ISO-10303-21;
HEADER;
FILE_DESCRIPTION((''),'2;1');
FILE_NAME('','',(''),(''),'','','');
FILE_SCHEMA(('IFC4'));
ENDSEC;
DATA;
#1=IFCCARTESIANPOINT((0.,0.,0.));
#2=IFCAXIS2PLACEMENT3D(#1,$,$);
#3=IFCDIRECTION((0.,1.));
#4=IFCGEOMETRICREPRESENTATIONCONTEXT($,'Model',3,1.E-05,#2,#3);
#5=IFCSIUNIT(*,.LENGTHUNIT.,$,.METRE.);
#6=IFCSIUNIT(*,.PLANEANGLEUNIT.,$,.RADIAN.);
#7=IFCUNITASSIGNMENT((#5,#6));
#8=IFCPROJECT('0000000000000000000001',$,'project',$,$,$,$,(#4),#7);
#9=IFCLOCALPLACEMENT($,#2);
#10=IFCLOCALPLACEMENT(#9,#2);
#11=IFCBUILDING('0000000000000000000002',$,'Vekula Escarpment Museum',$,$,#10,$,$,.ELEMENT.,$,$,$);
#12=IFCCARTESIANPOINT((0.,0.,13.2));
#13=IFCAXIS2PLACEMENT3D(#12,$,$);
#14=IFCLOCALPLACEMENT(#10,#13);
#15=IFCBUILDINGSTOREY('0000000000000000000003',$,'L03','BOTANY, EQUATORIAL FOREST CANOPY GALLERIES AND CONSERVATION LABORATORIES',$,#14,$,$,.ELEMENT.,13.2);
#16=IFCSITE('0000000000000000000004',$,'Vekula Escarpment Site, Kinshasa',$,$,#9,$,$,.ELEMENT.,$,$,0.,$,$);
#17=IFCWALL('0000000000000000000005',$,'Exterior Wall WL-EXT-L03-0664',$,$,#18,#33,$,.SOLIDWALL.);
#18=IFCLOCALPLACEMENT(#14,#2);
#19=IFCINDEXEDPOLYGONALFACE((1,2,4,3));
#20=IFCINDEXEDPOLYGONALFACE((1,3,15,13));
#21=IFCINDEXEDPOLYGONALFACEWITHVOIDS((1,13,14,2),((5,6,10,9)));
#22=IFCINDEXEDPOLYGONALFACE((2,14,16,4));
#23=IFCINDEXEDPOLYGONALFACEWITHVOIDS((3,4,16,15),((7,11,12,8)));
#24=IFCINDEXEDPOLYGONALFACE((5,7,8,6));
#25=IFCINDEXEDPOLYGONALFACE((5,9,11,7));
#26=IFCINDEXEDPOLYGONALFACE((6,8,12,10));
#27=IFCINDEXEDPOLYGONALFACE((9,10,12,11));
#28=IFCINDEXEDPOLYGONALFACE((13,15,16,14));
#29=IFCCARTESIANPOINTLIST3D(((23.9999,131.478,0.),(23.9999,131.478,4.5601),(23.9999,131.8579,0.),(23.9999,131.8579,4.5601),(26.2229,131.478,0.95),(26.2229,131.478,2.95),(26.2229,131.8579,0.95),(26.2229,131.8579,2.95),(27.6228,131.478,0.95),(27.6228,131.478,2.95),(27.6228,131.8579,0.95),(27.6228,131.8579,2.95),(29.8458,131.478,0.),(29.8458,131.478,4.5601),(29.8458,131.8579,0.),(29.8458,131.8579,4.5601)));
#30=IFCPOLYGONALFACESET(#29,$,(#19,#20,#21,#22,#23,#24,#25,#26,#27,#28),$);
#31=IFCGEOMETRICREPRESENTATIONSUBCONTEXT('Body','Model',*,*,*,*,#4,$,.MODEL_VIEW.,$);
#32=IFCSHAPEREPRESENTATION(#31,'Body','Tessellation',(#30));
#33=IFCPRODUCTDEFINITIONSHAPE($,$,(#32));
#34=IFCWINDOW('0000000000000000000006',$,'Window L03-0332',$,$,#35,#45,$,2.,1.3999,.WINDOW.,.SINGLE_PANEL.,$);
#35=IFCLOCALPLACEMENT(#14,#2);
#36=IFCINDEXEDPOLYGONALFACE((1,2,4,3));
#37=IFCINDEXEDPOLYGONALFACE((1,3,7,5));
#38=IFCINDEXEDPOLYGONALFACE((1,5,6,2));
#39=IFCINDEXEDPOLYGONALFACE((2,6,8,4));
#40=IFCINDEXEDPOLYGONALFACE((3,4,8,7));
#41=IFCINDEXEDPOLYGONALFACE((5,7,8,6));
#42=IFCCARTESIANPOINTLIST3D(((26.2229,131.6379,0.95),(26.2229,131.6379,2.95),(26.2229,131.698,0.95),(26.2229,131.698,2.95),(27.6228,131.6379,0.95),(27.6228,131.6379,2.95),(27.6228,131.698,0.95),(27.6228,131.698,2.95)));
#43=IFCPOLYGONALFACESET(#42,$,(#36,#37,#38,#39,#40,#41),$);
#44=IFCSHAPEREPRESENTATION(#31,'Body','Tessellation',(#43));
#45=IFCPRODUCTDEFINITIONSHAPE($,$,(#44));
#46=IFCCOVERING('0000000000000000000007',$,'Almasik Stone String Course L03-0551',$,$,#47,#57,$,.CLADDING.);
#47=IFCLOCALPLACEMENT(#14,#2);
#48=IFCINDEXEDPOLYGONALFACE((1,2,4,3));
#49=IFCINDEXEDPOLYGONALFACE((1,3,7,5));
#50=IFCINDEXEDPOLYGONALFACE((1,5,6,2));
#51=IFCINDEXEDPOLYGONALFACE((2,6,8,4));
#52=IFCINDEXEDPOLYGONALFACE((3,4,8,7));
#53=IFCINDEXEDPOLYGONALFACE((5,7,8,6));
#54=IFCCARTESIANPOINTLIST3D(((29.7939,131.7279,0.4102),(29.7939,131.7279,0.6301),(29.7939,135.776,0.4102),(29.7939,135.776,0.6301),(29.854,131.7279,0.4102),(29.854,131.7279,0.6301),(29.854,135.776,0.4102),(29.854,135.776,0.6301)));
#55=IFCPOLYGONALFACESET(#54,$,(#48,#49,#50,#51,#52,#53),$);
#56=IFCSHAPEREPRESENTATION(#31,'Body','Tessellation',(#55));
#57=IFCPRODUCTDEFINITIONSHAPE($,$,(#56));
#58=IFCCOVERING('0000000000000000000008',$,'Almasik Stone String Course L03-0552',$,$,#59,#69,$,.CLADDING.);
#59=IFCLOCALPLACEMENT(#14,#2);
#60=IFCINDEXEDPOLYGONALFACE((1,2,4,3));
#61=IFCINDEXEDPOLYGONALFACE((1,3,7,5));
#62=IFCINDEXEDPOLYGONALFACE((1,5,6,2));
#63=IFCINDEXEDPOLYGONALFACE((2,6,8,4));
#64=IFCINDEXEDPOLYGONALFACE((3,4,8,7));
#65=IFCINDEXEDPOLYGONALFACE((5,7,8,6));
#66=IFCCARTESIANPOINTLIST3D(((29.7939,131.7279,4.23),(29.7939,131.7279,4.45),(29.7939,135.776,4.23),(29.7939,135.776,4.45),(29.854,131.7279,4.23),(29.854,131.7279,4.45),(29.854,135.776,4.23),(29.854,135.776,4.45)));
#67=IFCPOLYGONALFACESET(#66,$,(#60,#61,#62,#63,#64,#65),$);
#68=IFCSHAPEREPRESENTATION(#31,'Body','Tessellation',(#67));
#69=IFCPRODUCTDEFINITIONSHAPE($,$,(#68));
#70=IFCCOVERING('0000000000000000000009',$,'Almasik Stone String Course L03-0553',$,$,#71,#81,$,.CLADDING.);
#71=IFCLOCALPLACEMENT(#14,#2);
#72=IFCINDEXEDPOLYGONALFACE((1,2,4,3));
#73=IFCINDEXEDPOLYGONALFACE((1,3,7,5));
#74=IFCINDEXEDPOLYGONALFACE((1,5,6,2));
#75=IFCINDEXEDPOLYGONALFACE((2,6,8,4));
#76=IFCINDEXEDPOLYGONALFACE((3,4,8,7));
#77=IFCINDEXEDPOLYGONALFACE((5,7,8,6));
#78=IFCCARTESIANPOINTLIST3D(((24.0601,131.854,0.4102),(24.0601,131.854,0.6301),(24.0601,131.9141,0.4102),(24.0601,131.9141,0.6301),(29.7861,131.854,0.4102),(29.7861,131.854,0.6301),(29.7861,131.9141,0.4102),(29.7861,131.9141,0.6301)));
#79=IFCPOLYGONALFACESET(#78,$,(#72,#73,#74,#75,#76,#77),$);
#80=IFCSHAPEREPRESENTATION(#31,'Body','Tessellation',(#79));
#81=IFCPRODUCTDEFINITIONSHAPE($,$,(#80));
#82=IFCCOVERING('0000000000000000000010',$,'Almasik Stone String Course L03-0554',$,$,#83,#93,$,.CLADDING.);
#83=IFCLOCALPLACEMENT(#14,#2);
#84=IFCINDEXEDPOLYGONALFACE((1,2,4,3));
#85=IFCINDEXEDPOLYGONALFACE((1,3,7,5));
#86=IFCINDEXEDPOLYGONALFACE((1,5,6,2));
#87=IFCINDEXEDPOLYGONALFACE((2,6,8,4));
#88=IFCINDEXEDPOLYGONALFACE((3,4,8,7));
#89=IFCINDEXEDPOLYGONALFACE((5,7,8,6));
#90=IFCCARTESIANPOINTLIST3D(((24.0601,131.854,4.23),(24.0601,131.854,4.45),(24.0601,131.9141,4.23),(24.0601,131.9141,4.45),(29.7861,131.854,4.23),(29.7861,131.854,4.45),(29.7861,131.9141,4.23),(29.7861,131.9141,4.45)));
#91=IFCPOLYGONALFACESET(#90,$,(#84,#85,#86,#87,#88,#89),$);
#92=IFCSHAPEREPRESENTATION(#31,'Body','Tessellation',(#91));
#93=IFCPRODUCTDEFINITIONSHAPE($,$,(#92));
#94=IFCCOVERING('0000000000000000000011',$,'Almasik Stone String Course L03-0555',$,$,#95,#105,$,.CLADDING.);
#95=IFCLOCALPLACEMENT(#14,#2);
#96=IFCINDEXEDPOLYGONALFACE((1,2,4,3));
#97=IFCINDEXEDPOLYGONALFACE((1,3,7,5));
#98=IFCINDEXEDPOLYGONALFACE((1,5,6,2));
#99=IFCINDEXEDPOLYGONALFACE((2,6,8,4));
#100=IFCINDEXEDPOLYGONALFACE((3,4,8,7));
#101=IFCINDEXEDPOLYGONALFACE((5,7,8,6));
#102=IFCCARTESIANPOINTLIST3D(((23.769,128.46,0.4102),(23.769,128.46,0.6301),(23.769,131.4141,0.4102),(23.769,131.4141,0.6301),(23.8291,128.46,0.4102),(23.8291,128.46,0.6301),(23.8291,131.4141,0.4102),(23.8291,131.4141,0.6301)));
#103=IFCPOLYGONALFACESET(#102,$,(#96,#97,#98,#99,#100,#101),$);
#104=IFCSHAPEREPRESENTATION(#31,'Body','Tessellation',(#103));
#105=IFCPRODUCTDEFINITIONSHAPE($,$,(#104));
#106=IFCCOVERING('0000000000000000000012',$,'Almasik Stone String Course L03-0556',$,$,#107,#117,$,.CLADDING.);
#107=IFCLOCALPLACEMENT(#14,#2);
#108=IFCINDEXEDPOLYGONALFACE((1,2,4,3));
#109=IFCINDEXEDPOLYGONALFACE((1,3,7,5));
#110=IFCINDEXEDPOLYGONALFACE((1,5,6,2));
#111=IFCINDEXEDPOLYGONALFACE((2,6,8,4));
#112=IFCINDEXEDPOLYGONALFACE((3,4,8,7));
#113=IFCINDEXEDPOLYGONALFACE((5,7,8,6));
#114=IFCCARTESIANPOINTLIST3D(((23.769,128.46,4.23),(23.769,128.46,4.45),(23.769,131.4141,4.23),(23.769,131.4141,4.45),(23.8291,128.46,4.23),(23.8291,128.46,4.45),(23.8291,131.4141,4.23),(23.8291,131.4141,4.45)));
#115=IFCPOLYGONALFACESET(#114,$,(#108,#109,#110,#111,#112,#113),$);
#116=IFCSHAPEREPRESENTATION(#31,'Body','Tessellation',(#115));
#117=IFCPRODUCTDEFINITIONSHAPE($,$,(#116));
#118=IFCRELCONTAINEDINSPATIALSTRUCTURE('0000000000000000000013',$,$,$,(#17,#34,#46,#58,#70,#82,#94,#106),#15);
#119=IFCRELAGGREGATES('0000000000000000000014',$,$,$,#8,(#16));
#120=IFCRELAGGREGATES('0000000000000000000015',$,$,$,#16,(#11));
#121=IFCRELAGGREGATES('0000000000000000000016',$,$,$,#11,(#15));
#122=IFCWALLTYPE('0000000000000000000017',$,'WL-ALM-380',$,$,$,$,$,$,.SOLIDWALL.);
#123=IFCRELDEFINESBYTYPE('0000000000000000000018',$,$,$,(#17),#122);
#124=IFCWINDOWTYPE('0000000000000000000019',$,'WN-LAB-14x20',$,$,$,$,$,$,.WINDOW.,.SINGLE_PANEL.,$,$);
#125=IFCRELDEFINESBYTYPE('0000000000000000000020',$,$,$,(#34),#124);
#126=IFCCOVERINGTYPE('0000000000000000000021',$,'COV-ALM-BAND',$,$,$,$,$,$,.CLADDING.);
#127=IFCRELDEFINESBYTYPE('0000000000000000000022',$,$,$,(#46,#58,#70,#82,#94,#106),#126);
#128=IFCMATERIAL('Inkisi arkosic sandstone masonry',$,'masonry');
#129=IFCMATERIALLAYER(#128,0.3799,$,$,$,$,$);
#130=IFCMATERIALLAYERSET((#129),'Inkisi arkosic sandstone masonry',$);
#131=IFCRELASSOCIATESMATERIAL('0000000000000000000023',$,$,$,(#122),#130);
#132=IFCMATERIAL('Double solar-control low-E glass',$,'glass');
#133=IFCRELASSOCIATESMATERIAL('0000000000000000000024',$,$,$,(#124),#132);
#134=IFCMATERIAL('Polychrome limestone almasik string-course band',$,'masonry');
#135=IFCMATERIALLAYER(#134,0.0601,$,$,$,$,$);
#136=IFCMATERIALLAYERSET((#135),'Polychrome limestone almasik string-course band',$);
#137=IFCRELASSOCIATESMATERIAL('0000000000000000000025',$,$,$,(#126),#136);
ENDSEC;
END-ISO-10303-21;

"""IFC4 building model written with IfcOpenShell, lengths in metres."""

from ifc_helpers import new_model, si_unit, direction, frame, frame_2d, origin, origin_2d, place, context, subcontext, project, spatial, rectangle, extrude, material, layer, layer_set, type_object, element, fill, save


model = new_model("IFC4")

# Units and contexts
model_context = context("Model", 3, precision=1e-05, world=origin(), true_north=direction((0.0, 1.0)))
body_context = subcontext(model_context, "Body", "Model", "MODEL_VIEW")
ifc_project = project(units=[si_unit("LENGTHUNIT", "METRE"), si_unit("PLANEANGLEUNIT", "RADIAN")], contexts=[model_context])

# Site, building, storey
site_placement = place(None, origin())
site = spatial("IfcSite", under=ifc_project, at=site_placement, Name="Vekula Escarpment Site, Kinshasa", CompositionType="ELEMENT", RefElevation=0.0)
building_placement = place(site_placement, origin())
building = spatial("IfcBuilding", under=site, at=building_placement, Name="Vekula Escarpment Museum", CompositionType="ELEMENT")
storey_placement = place(building_placement, frame((0.0, 0.0, 13.2)))
storey = spatial("IfcBuildingStorey", under=building, at=storey_placement, Name="L03", Description="BOTANY, EQUATORIAL FOREST CANOPY GALLERIES AND CONSERVATION LABORATORIES", CompositionType="ELEMENT", Elevation=13.2)

# Wall, opening, window
ifc_material_1 = material(Name="Inkisi arkosic sandstone masonry", Category="masonry")
ifc_layer_1 = layer(ifc_material_1, 0.3799)
ifc_layer_set_1 = layer_set([ifc_layer_1], Name="Inkisi arkosic sandstone masonry")
wall_type_1 = type_object("IfcWallType", Name="WL-ALM-380", PredefinedType="SOLIDWALL", material=ifc_layer_set_1)
wall_1_placement = place(storey_placement, frame((24.0, 131.668, 0.0), z_axis=(0.0, 0.0, 1.0), x_axis=(1.0, 0.0, 0.0)))
wall_1 = element("IfcWall", 1, at=wall_1_placement, inside=storey, type_object=wall_type_1, Name="Exterior Wall WL-EXT-L03-0664", PredefinedType="SOLIDWALL", context=body_context, shape_type="SweptSolid", body=[
    extrude(rectangle(XDim=5.8459, YDim=0.3799, at=frame_2d((2.9229, 0.0))), origin(), (0.0, 0.0, 1.0), 4.5601),
])
opening_placement = place(wall_1_placement, frame((2.2229, 0.0, 0.95)))
opening = element("IfcOpeningElement", 2, at=opening_placement, cuts=wall_1, PredefinedType="OPENING", context=body_context, shape_type="SweptSolid", body=[
    extrude(rectangle(XDim=1.3999, YDim=2.0, at=frame_2d((0.7, 1.0))), frame((0.0, 0.2, 0.0), z_axis=(0.0, -1.0, 0.0), x_axis=(1.0, 0.0, 0.0)), (0.0, 0.0, 1.0), 0.3999),
])
ifc_material_2 = material(Name="Double solar-control low-E glass", Category="glass")
window_type = type_object("IfcWindowType", Name="WN-LAB-14x20", PartitioningType="SINGLE_PANEL", PredefinedType="WINDOW", material=ifc_material_2)
window_placement = place(opening_placement, origin())
window = element("IfcWindow", 3, at=window_placement, inside=storey, type_object=window_type, Name="Window L03-0332", OverallHeight=2.0, OverallWidth=1.3999, PartitioningType="SINGLE_PANEL", PredefinedType="WINDOW", context=body_context, shape_type="SweptSolid", body=[
    extrude(rectangle(XDim=1.3999, YDim=2.0, at=frame_2d((0.7, 1.0))), frame((0.0, 0.03, 0.0), z_axis=(0.0, -1.0, 0.0), x_axis=(1.0, 0.0, 0.0)), (0.0, 0.0, 1.0), 0.0601),
])
fill(opening, window)

# Coverings
ifc_material_3 = material(Name="Polychrome limestone almasik string-course band", Category="masonry")
ifc_layer_2 = layer(ifc_material_3, 0.0601)
ifc_layer_set_2 = layer_set([ifc_layer_2], Name="Polychrome limestone almasik string-course band")
covering_type = type_object("IfcCoveringType", Name="COV-ALM-BAND", PredefinedType="CLADDING", material=ifc_layer_set_2)
for number, where, z_axis, x_axis, name in (
    (4, (29.824, 133.752, 0.4102), (0.0, 0.0, 1.0), (0.0, 1.0, 0.0), "Almasik Stone String Course L03-0551"),
    (5, (29.824, 133.752, 4.23), (0.0, 0.0, 1.0), (0.0, 1.0, 0.0), "Almasik Stone String Course L03-0552"),
):
    element("IfcCovering", number, at=place(storey_placement, frame(where, z_axis=z_axis, x_axis=x_axis)), inside=storey, type_object=covering_type, Name=name, PredefinedType="CLADDING", context=body_context, shape_type="SweptSolid", body=[
        extrude(rectangle(XDim=4.0481, YDim=0.0601, at=origin_2d()), origin(), (0.0, 0.0, 1.0), 0.22),
    ])
for number, where, z_axis, x_axis, name in (
    (6, (26.9231, 131.884, 0.4102), (0.0, 0.0, 1.0), (1.0, 0.0, 0.0), "Almasik Stone String Course L03-0553"),
    (7, (26.9231, 131.884, 4.23), (0.0, 0.0, 1.0), (1.0, 0.0, 0.0), "Almasik Stone String Course L03-0554"),
):
    element("IfcCovering", number, at=place(storey_placement, frame(where, z_axis=z_axis, x_axis=x_axis)), inside=storey, type_object=covering_type, Name=name, PredefinedType="CLADDING", context=body_context, shape_type="SweptSolid", body=[
        extrude(rectangle(XDim=5.7261, YDim=0.0601, at=origin_2d()), origin(), (0.0, 0.0, 1.0), 0.22),
    ])
for number, where, z_axis, x_axis, name in (
    (8, (23.7991, 129.937, 0.4102), (0.0, 0.0, 1.0), (0.0, 1.0, 0.0), "Almasik Stone String Course L03-0555"),
    (9, (23.7991, 129.937, 4.23), (0.0, 0.0, 1.0), (0.0, 1.0, 0.0), "Almasik Stone String Course L03-0556"),
):
    element("IfcCovering", number, at=place(storey_placement, frame(where, z_axis=z_axis, x_axis=x_axis)), inside=storey, type_object=covering_type, Name=name, PredefinedType="CLADDING", context=body_context, shape_type="SweptSolid", body=[
        extrude(rectangle(XDim=2.9541, YDim=0.0601, at=origin_2d()), origin(), (0.0, 0.0, 1.0), 0.22),
    ])

save(model, "model.ifc")
